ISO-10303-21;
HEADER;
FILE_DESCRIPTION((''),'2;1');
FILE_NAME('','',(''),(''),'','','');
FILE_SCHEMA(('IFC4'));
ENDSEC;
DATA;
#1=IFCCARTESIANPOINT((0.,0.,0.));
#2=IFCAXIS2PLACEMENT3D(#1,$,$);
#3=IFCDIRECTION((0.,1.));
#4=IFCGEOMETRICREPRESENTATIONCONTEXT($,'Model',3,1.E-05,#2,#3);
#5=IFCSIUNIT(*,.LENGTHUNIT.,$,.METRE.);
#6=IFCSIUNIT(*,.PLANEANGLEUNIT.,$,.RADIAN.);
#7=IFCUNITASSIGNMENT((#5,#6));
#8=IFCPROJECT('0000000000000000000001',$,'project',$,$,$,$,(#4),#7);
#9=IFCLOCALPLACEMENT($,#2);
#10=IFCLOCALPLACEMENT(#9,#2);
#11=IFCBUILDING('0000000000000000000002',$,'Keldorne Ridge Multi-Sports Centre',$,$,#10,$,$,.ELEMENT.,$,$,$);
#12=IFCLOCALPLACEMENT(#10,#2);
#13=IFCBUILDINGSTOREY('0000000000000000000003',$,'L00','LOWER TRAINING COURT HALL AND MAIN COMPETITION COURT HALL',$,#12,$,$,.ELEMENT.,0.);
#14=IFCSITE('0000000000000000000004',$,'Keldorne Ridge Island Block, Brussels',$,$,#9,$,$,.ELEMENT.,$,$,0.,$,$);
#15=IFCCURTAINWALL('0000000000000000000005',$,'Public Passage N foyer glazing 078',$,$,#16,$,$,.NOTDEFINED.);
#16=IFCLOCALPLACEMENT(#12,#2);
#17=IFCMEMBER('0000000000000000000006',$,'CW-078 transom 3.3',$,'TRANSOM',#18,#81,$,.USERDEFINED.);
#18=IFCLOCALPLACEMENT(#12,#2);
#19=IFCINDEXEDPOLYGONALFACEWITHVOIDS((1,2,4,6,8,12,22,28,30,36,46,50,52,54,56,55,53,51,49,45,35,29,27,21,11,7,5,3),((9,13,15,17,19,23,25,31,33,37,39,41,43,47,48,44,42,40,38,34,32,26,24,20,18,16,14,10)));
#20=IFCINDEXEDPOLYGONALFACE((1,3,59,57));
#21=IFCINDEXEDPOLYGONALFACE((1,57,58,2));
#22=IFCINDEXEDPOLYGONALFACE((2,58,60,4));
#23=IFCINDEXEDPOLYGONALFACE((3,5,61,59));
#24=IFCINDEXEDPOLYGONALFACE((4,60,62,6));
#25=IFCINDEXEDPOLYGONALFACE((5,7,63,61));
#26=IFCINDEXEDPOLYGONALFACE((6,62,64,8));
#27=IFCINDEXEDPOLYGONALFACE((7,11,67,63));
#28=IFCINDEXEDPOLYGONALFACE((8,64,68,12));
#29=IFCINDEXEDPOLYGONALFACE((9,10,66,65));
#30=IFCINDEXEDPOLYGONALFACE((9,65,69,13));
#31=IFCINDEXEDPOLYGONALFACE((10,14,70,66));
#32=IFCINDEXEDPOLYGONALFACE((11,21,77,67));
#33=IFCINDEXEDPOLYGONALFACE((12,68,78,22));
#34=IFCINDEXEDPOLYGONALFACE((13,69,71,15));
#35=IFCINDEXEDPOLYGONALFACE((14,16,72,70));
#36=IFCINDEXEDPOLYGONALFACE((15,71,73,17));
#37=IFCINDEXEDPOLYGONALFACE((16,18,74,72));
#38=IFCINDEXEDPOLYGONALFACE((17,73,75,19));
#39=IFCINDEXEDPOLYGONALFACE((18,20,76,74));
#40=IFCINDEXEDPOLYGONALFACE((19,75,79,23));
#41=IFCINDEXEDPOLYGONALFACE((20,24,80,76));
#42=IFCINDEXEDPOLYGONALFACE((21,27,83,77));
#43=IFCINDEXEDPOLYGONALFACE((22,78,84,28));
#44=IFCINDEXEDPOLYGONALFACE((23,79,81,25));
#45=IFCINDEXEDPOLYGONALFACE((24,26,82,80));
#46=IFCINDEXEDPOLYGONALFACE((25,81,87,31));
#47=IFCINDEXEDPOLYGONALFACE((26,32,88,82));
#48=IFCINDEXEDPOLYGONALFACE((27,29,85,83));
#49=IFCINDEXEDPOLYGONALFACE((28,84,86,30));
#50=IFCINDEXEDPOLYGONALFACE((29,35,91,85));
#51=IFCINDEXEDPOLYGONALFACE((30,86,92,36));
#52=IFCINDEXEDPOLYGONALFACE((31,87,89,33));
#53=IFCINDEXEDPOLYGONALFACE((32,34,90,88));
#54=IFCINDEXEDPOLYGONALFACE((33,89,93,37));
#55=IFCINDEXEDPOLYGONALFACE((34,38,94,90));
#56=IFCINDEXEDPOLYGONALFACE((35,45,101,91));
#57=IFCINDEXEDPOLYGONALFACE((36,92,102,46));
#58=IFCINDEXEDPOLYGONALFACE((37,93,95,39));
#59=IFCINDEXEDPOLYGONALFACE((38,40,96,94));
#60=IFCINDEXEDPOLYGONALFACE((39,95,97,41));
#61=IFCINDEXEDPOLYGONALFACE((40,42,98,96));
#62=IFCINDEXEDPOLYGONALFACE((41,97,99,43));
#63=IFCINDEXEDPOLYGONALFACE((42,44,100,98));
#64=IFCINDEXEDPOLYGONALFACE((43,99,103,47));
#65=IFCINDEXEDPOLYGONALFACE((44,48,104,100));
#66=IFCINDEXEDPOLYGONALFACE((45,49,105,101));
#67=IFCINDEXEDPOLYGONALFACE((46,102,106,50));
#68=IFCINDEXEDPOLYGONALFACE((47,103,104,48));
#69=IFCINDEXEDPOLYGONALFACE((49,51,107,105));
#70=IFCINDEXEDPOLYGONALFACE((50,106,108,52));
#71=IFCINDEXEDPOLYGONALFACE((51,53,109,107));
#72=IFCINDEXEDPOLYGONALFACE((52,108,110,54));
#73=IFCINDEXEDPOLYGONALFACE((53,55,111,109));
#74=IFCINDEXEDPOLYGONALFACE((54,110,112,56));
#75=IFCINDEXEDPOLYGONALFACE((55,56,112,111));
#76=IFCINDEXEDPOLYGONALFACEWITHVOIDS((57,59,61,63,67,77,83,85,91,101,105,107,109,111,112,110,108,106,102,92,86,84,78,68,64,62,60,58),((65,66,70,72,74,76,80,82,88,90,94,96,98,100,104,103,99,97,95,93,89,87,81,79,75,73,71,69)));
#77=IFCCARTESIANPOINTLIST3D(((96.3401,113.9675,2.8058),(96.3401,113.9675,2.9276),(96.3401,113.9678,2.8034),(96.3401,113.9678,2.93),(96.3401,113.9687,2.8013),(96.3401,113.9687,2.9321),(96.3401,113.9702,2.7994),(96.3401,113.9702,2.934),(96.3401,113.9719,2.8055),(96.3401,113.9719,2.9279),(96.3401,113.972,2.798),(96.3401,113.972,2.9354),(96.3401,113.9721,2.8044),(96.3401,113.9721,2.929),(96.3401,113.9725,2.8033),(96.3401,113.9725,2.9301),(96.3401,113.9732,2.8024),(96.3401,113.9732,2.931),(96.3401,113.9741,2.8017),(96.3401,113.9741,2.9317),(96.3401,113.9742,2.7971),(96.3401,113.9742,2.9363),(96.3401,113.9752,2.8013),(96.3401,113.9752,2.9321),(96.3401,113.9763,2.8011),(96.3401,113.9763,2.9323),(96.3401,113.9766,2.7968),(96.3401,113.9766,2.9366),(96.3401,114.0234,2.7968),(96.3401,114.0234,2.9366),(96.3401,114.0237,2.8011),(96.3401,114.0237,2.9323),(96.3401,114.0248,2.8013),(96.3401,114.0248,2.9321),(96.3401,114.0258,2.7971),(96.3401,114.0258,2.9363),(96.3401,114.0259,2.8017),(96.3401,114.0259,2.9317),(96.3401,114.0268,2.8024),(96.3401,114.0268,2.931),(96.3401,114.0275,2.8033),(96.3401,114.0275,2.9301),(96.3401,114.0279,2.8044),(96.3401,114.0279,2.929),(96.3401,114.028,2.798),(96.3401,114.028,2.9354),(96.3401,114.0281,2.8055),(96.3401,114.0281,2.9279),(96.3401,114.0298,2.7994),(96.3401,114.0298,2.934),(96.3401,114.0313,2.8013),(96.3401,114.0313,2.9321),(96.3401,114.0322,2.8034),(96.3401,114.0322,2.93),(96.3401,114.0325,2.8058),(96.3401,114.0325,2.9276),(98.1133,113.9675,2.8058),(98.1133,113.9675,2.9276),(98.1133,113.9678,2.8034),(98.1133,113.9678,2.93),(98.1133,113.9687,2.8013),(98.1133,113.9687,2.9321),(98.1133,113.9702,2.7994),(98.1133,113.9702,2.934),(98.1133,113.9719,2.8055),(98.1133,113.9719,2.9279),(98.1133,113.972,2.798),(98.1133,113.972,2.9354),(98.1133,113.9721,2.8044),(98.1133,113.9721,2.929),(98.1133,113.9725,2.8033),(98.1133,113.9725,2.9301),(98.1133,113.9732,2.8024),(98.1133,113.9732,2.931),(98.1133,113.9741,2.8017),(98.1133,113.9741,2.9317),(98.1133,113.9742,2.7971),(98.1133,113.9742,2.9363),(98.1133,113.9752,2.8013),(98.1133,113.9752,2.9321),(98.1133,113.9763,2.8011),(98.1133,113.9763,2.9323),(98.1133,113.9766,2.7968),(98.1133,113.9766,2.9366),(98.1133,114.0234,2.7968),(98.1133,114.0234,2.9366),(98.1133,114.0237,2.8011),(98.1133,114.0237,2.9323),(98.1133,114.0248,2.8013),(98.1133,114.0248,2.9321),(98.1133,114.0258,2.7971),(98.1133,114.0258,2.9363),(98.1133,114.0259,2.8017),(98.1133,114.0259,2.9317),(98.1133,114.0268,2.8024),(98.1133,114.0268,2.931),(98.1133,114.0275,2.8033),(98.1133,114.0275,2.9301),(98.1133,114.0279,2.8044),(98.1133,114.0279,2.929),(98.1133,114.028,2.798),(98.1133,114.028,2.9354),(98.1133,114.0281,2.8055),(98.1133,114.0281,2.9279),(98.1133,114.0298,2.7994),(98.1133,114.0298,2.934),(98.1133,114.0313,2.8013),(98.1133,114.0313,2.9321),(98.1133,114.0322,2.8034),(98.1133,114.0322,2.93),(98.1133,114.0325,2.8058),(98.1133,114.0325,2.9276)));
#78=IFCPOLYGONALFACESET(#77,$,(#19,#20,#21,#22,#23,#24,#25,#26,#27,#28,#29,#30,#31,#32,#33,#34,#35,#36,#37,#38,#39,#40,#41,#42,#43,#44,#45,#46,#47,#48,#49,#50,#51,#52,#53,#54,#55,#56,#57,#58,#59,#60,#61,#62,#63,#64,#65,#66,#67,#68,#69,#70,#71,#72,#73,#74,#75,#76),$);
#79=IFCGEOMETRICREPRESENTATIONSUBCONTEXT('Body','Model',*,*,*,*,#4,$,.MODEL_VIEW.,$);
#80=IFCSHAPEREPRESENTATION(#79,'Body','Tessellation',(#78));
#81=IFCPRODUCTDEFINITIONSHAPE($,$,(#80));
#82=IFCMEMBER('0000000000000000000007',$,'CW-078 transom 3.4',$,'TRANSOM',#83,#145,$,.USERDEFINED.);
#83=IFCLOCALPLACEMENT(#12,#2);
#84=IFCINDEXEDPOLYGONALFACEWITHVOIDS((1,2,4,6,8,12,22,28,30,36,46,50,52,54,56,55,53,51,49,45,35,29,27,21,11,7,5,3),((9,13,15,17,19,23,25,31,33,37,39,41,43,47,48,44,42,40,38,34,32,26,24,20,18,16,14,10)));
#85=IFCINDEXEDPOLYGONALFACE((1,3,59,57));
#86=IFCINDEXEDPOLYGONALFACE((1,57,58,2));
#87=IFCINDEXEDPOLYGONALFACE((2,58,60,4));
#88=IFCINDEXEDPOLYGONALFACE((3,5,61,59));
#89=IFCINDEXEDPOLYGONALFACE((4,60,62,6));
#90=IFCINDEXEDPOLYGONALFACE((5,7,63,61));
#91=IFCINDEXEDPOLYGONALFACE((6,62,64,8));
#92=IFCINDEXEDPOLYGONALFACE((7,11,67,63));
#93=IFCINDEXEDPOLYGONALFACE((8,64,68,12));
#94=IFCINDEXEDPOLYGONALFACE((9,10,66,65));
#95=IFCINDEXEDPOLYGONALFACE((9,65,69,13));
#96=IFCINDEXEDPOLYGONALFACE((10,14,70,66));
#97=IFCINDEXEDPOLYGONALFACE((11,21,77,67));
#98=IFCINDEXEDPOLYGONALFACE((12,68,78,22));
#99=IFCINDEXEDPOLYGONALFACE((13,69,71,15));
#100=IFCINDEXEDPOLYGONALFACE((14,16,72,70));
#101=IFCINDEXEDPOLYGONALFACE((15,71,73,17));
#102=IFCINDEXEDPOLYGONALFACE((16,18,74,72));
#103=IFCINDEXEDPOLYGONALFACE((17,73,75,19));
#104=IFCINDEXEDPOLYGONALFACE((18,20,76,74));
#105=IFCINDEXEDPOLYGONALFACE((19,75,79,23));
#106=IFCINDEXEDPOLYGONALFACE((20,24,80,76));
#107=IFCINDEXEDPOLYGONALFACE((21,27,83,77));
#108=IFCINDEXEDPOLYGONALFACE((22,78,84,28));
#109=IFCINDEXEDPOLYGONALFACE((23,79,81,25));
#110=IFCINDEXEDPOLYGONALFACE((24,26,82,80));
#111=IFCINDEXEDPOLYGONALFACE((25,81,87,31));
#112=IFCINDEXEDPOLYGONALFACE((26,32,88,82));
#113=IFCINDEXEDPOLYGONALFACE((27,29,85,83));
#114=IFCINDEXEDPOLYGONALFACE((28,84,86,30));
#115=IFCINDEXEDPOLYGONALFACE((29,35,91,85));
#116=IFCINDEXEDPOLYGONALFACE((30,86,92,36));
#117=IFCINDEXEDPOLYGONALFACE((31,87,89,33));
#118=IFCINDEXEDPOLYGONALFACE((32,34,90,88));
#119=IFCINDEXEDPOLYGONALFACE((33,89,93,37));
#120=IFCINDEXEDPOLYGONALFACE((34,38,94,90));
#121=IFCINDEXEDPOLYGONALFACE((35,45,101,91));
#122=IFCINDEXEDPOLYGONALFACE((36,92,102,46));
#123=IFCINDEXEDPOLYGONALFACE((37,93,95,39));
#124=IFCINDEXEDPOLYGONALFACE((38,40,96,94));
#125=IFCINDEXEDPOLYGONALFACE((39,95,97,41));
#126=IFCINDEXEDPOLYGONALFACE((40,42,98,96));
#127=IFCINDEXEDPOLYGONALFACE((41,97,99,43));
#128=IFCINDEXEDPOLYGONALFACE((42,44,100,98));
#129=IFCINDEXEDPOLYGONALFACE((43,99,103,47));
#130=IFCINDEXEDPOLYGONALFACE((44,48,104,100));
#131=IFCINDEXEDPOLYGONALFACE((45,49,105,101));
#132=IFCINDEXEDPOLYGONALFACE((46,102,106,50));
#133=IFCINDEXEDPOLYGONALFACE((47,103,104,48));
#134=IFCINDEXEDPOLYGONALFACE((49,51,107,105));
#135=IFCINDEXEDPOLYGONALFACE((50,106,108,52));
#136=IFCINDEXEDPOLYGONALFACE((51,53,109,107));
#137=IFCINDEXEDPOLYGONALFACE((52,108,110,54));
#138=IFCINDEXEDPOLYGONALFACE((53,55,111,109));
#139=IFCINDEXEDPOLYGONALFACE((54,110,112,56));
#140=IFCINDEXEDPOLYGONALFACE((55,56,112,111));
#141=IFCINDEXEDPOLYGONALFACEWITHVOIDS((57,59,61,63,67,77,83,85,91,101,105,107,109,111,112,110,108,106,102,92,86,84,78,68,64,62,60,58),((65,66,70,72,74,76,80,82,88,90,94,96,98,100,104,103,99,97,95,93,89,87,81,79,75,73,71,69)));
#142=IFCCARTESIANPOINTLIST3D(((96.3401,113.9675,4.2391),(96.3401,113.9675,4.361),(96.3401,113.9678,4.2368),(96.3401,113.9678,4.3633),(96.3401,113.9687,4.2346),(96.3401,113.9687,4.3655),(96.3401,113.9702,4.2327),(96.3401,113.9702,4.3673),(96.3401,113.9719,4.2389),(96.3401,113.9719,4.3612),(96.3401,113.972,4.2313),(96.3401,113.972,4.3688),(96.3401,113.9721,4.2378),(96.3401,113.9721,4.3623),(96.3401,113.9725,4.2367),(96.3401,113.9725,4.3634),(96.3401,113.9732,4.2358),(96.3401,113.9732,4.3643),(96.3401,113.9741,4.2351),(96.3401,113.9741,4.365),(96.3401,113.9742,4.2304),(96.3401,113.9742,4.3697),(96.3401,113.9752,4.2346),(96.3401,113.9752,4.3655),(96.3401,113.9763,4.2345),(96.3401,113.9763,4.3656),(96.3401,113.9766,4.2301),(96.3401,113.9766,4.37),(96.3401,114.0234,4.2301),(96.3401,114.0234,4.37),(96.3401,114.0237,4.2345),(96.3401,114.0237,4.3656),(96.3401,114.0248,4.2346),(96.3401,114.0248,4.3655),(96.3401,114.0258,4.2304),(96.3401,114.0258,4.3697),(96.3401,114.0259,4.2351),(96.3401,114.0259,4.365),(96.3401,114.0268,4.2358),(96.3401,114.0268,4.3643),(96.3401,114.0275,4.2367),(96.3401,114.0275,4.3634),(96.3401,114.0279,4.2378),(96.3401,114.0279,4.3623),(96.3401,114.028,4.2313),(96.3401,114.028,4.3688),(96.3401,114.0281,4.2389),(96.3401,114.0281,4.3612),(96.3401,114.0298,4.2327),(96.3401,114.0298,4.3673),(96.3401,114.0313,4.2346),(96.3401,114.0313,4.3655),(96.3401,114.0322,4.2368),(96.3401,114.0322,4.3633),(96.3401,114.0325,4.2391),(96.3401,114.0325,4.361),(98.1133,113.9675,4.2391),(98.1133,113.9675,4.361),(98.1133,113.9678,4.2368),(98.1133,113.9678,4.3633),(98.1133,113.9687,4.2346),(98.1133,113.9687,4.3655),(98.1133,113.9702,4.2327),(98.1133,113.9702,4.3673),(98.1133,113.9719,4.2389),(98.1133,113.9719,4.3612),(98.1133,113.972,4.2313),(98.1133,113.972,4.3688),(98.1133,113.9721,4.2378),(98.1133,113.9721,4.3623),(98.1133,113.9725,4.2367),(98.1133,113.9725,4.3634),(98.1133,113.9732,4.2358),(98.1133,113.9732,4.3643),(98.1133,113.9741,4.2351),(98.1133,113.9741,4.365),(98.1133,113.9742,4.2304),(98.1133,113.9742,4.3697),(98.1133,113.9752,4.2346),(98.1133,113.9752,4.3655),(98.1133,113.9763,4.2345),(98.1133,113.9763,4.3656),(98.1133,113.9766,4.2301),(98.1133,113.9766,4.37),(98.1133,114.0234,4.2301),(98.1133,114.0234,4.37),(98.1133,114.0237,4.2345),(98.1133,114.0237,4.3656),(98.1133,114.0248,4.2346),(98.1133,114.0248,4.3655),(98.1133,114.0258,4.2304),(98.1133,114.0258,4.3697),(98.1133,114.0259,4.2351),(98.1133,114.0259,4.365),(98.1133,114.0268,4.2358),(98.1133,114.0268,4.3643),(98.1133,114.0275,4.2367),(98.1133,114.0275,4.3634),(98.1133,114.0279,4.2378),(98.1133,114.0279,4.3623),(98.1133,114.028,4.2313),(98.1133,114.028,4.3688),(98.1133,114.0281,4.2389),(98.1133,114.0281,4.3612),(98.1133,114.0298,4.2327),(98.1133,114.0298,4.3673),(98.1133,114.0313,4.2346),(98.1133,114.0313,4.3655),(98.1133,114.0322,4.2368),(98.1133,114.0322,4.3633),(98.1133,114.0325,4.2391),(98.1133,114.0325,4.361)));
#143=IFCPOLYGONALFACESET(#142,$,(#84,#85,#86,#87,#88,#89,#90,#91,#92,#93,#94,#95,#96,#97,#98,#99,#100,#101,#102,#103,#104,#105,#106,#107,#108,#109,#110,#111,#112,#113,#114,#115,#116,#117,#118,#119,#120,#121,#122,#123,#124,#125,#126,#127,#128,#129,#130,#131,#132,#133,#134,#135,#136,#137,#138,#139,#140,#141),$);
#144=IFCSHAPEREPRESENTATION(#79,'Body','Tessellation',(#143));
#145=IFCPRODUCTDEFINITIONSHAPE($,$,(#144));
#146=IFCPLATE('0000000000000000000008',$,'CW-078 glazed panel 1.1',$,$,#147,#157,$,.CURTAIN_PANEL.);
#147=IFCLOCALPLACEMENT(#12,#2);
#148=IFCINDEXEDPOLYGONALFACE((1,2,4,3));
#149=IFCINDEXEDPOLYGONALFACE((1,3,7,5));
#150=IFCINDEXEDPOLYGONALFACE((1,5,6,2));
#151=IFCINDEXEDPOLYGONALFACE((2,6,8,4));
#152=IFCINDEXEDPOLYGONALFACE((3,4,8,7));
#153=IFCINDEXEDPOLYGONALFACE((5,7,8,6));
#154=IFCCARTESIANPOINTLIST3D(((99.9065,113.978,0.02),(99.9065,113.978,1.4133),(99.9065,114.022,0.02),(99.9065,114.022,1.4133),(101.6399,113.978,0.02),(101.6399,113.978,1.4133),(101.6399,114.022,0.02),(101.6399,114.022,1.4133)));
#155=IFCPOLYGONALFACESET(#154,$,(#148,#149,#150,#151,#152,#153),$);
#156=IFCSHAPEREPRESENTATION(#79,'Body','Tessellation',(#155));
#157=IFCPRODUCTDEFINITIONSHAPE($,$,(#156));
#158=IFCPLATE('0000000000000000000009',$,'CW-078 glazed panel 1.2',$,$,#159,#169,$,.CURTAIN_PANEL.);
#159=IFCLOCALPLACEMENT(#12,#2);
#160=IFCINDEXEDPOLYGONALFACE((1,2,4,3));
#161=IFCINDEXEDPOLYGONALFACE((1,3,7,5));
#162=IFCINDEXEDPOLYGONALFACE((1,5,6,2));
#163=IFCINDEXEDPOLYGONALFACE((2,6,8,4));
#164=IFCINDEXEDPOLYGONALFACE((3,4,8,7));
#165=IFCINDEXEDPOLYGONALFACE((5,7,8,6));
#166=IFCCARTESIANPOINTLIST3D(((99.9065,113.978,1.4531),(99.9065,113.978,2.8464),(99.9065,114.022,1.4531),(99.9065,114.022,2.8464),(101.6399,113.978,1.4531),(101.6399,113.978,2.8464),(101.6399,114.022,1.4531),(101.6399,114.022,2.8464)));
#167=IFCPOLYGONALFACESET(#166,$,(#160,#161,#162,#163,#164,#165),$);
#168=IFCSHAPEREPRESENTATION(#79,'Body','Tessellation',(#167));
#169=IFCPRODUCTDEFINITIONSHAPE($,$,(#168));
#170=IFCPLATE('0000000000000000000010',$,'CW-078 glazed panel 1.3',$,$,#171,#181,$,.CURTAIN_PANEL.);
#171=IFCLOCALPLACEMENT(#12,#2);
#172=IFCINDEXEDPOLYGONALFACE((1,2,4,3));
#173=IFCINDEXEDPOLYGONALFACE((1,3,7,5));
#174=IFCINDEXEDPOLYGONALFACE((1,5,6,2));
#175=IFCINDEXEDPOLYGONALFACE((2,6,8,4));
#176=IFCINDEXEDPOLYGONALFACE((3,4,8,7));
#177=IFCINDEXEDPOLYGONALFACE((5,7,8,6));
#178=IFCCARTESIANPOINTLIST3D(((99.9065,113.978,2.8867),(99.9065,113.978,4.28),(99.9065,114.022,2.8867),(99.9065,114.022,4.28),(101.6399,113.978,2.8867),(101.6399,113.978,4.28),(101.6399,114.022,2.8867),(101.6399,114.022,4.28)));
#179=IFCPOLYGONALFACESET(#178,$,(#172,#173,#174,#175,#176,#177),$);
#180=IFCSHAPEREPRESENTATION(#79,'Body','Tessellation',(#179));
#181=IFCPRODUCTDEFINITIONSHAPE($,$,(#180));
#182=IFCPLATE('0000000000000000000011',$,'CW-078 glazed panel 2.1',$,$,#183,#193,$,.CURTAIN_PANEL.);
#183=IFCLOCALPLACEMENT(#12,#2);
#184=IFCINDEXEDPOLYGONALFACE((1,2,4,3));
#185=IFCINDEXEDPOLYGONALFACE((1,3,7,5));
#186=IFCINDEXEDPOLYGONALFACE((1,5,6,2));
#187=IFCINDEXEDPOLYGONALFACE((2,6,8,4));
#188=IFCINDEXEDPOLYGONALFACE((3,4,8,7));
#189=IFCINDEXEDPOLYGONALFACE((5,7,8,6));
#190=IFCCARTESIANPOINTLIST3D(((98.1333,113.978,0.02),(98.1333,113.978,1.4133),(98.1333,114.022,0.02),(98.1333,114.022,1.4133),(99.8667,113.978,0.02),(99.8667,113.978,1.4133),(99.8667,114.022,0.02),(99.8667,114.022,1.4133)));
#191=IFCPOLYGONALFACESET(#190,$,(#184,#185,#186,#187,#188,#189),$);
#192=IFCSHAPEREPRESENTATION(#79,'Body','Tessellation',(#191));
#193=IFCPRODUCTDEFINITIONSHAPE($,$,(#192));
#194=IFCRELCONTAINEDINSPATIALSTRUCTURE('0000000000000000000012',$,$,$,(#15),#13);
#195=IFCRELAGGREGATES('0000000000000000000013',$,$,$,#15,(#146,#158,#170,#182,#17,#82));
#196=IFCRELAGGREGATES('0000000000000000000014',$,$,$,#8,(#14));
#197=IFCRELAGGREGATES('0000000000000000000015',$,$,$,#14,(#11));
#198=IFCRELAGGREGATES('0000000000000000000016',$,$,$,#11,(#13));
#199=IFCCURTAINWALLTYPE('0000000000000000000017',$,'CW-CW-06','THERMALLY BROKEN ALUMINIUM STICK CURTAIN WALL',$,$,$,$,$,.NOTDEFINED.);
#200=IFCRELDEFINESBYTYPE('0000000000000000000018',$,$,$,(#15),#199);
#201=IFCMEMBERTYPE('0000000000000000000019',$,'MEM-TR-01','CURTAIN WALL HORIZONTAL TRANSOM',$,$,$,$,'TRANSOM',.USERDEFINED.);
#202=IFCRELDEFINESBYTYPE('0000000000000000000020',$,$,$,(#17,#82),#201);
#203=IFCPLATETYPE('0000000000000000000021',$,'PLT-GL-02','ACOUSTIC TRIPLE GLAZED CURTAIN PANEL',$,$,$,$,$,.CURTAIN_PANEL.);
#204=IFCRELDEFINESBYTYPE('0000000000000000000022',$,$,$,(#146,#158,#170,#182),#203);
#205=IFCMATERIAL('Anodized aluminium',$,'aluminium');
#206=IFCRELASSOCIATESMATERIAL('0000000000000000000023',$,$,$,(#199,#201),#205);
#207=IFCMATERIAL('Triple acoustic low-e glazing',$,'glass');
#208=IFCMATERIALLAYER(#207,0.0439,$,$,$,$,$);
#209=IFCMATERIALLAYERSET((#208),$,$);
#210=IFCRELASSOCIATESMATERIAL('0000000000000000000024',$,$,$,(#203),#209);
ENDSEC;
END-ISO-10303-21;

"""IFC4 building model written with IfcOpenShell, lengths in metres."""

from ifc_helpers import new_model, si_unit, direction, frame, origin, origin_2d, place, context, subcontext, project, spatial, rectangle, hollow_rectangle, extrude, material, layer, layer_set, material_profile, profile_set, type_object, element, aggregate, save


model = new_model("IFC4")

# Units and contexts
model_context = context("Model", 3, precision=1e-05, world=origin(), true_north=direction((0.0, 1.0)))
body_context = subcontext(model_context, "Body", "Model", "MODEL_VIEW")
ifc_project = project(units=[si_unit("LENGTHUNIT", "METRE"), si_unit("PLANEANGLEUNIT", "RADIAN")], contexts=[model_context])

# Site, building, storey
site_placement = place(None, origin())
site = spatial("IfcSite", under=ifc_project, at=site_placement, Name="Keldorne Ridge Island Block, Brussels", CompositionType="ELEMENT", RefElevation=0.0)
building_placement = place(site_placement, origin())
building = spatial("IfcBuilding", under=site, at=building_placement, Name="Keldorne Ridge Multi-Sports Centre", CompositionType="ELEMENT")
storey_placement = place(building_placement, origin())
storey = spatial("IfcBuildingStorey", under=building, at=storey_placement, Name="L00", Description="LOWER TRAINING COURT HALL AND MAIN COMPETITION COURT HALL", CompositionType="ELEMENT", Elevation=0.0)

# Curtain wall, members, plates
ifc_material_1 = material(Name="Anodized aluminium", Category="aluminium")
curtain_wall_type = type_object("IfcCurtainWallType", Name="CW-CW-06", Description="THERMALLY BROKEN ALUMINIUM STICK CURTAIN WALL", PredefinedType="NOTDEFINED", material=ifc_material_1)
curtain_wall_placement = place(storey_placement, origin())
curtain_wall = element("IfcCurtainWall", 1, at=curtain_wall_placement, inside=storey, type_object=curtain_wall_type, Name="Public Passage N foyer glazing 078", PredefinedType="NOTDEFINED")
ifc_material_profile_1 = material_profile(ifc_material_1, hollow_rectangle(XDim=0.0649, YDim=0.1399, WallThickness=0.0044, InnerFilletRadius=0.0044, OuterFilletRadius=0.009, at=origin_2d()), Name="ALU TRANSOM 140x65x4.5")
ifc_profile_set_1 = profile_set([ifc_material_profile_1], Name="Anodized aluminium")
member_type_1 = type_object("IfcMemberType", Name="MEM-TR-01", Description="CURTAIN WALL HORIZONTAL TRANSOM", ElementType="TRANSOM", PredefinedType="USERDEFINED", material=ifc_profile_set_1)
member_1_placement = place(storey_placement, frame((98.1133, 114.0, 2.8667), z_axis=(-1.0, 0.0, 0.0), x_axis=(0.0, -1.0, 0.0)))
member_1 = element("IfcMember", 2, at=member_1_placement, type_object=member_type_1, Name="CW-078 transom 3.3", ObjectType="TRANSOM", PredefinedType="USERDEFINED", context=body_context, shape_type="SweptSolid", body=[
    extrude(hollow_rectangle(XDim=0.0649, YDim=0.1399, WallThickness=0.0044, InnerFilletRadius=0.0044, OuterFilletRadius=0.009, at=origin_2d()), origin(), (0.0, 0.0, 1.0), 1.7732),
])
member_2_placement = place(storey_placement, frame((98.1133, 114.0, 4.3), z_axis=(-1.0, 0.0, 0.0), x_axis=(0.0, -1.0, 0.0)))
member_2 = element("IfcMember", 3, at=member_2_placement, type_object=member_type_1, Name="CW-078 transom 3.4", ObjectType="TRANSOM", PredefinedType="USERDEFINED", context=body_context, shape_type="SweptSolid", body=[
    extrude(hollow_rectangle(XDim=0.0649, YDim=0.1399, WallThickness=0.0044, InnerFilletRadius=0.0044, OuterFilletRadius=0.009, at=origin_2d()), origin(), (0.0, 0.0, 1.0), 1.7732),
])
ifc_material_2 = material(Name="Triple acoustic low-e glazing", Category="glass")
ifc_layer_1 = layer(ifc_material_2, 0.0439)
ifc_layer_set_1 = layer_set([ifc_layer_1])
plate_type_1 = type_object("IfcPlateType", Name="PLT-GL-02", Description="ACOUSTIC TRIPLE GLAZED CURTAIN PANEL", PredefinedType="CURTAIN_PANEL", material=ifc_layer_set_1)
plate_1_placement = place(storey_placement, frame((100.7732, 114.0, 0.02), z_axis=(0.0, 0.0, 1.0), x_axis=(-1.0, 0.0, 0.0)))
plate_1 = element("IfcPlate", 4, at=plate_1_placement, type_object=plate_type_1, Name="CW-078 glazed panel 1.1", PredefinedType="CURTAIN_PANEL", context=body_context, shape_type="SweptSolid", body=[
    extrude(rectangle(XDim=1.7334, YDim=0.0439, at=origin_2d()), origin(), (0.0, 0.0, 1.0), 1.3933),
])
plate_2_placement = place(storey_placement, frame((100.7732, 114.0, 1.4531), z_axis=(0.0, 0.0, 1.0), x_axis=(-1.0, 0.0, 0.0)))
plate_2 = element("IfcPlate", 5, at=plate_2_placement, type_object=plate_type_1, Name="CW-078 glazed panel 1.2", PredefinedType="CURTAIN_PANEL", context=body_context, shape_type="SweptSolid", body=[
    extrude(rectangle(XDim=1.7334, YDim=0.0439, at=origin_2d()), origin(), (0.0, 0.0, 1.0), 1.3933),
])
plate_3_placement = place(storey_placement, frame((100.7732, 114.0, 2.8867), z_axis=(0.0, 0.0, 1.0), x_axis=(-1.0, 0.0, 0.0)))
plate_3 = element("IfcPlate", 6, at=plate_3_placement, type_object=plate_type_1, Name="CW-078 glazed panel 1.3", PredefinedType="CURTAIN_PANEL", context=body_context, shape_type="SweptSolid", body=[
    extrude(rectangle(XDim=1.7334, YDim=0.0439, at=origin_2d()), origin(), (0.0, 0.0, 1.0), 1.3933),
])
plate_4_placement = place(storey_placement, frame((99.0, 114.0, 0.02), z_axis=(0.0, 0.0, 1.0), x_axis=(-1.0, 0.0, 0.0)))
plate_4 = element("IfcPlate", 7, at=plate_4_placement, type_object=plate_type_1, Name="CW-078 glazed panel 2.1", PredefinedType="CURTAIN_PANEL", context=body_context, shape_type="SweptSolid", body=[
    extrude(rectangle(XDim=1.7334, YDim=0.0439, at=origin_2d()), origin(), (0.0, 0.0, 1.0), 1.3933),
])
aggregate(curtain_wall, [plate_1, plate_2, plate_3, plate_4, member_1, member_2])

save(model, "model.ifc")
